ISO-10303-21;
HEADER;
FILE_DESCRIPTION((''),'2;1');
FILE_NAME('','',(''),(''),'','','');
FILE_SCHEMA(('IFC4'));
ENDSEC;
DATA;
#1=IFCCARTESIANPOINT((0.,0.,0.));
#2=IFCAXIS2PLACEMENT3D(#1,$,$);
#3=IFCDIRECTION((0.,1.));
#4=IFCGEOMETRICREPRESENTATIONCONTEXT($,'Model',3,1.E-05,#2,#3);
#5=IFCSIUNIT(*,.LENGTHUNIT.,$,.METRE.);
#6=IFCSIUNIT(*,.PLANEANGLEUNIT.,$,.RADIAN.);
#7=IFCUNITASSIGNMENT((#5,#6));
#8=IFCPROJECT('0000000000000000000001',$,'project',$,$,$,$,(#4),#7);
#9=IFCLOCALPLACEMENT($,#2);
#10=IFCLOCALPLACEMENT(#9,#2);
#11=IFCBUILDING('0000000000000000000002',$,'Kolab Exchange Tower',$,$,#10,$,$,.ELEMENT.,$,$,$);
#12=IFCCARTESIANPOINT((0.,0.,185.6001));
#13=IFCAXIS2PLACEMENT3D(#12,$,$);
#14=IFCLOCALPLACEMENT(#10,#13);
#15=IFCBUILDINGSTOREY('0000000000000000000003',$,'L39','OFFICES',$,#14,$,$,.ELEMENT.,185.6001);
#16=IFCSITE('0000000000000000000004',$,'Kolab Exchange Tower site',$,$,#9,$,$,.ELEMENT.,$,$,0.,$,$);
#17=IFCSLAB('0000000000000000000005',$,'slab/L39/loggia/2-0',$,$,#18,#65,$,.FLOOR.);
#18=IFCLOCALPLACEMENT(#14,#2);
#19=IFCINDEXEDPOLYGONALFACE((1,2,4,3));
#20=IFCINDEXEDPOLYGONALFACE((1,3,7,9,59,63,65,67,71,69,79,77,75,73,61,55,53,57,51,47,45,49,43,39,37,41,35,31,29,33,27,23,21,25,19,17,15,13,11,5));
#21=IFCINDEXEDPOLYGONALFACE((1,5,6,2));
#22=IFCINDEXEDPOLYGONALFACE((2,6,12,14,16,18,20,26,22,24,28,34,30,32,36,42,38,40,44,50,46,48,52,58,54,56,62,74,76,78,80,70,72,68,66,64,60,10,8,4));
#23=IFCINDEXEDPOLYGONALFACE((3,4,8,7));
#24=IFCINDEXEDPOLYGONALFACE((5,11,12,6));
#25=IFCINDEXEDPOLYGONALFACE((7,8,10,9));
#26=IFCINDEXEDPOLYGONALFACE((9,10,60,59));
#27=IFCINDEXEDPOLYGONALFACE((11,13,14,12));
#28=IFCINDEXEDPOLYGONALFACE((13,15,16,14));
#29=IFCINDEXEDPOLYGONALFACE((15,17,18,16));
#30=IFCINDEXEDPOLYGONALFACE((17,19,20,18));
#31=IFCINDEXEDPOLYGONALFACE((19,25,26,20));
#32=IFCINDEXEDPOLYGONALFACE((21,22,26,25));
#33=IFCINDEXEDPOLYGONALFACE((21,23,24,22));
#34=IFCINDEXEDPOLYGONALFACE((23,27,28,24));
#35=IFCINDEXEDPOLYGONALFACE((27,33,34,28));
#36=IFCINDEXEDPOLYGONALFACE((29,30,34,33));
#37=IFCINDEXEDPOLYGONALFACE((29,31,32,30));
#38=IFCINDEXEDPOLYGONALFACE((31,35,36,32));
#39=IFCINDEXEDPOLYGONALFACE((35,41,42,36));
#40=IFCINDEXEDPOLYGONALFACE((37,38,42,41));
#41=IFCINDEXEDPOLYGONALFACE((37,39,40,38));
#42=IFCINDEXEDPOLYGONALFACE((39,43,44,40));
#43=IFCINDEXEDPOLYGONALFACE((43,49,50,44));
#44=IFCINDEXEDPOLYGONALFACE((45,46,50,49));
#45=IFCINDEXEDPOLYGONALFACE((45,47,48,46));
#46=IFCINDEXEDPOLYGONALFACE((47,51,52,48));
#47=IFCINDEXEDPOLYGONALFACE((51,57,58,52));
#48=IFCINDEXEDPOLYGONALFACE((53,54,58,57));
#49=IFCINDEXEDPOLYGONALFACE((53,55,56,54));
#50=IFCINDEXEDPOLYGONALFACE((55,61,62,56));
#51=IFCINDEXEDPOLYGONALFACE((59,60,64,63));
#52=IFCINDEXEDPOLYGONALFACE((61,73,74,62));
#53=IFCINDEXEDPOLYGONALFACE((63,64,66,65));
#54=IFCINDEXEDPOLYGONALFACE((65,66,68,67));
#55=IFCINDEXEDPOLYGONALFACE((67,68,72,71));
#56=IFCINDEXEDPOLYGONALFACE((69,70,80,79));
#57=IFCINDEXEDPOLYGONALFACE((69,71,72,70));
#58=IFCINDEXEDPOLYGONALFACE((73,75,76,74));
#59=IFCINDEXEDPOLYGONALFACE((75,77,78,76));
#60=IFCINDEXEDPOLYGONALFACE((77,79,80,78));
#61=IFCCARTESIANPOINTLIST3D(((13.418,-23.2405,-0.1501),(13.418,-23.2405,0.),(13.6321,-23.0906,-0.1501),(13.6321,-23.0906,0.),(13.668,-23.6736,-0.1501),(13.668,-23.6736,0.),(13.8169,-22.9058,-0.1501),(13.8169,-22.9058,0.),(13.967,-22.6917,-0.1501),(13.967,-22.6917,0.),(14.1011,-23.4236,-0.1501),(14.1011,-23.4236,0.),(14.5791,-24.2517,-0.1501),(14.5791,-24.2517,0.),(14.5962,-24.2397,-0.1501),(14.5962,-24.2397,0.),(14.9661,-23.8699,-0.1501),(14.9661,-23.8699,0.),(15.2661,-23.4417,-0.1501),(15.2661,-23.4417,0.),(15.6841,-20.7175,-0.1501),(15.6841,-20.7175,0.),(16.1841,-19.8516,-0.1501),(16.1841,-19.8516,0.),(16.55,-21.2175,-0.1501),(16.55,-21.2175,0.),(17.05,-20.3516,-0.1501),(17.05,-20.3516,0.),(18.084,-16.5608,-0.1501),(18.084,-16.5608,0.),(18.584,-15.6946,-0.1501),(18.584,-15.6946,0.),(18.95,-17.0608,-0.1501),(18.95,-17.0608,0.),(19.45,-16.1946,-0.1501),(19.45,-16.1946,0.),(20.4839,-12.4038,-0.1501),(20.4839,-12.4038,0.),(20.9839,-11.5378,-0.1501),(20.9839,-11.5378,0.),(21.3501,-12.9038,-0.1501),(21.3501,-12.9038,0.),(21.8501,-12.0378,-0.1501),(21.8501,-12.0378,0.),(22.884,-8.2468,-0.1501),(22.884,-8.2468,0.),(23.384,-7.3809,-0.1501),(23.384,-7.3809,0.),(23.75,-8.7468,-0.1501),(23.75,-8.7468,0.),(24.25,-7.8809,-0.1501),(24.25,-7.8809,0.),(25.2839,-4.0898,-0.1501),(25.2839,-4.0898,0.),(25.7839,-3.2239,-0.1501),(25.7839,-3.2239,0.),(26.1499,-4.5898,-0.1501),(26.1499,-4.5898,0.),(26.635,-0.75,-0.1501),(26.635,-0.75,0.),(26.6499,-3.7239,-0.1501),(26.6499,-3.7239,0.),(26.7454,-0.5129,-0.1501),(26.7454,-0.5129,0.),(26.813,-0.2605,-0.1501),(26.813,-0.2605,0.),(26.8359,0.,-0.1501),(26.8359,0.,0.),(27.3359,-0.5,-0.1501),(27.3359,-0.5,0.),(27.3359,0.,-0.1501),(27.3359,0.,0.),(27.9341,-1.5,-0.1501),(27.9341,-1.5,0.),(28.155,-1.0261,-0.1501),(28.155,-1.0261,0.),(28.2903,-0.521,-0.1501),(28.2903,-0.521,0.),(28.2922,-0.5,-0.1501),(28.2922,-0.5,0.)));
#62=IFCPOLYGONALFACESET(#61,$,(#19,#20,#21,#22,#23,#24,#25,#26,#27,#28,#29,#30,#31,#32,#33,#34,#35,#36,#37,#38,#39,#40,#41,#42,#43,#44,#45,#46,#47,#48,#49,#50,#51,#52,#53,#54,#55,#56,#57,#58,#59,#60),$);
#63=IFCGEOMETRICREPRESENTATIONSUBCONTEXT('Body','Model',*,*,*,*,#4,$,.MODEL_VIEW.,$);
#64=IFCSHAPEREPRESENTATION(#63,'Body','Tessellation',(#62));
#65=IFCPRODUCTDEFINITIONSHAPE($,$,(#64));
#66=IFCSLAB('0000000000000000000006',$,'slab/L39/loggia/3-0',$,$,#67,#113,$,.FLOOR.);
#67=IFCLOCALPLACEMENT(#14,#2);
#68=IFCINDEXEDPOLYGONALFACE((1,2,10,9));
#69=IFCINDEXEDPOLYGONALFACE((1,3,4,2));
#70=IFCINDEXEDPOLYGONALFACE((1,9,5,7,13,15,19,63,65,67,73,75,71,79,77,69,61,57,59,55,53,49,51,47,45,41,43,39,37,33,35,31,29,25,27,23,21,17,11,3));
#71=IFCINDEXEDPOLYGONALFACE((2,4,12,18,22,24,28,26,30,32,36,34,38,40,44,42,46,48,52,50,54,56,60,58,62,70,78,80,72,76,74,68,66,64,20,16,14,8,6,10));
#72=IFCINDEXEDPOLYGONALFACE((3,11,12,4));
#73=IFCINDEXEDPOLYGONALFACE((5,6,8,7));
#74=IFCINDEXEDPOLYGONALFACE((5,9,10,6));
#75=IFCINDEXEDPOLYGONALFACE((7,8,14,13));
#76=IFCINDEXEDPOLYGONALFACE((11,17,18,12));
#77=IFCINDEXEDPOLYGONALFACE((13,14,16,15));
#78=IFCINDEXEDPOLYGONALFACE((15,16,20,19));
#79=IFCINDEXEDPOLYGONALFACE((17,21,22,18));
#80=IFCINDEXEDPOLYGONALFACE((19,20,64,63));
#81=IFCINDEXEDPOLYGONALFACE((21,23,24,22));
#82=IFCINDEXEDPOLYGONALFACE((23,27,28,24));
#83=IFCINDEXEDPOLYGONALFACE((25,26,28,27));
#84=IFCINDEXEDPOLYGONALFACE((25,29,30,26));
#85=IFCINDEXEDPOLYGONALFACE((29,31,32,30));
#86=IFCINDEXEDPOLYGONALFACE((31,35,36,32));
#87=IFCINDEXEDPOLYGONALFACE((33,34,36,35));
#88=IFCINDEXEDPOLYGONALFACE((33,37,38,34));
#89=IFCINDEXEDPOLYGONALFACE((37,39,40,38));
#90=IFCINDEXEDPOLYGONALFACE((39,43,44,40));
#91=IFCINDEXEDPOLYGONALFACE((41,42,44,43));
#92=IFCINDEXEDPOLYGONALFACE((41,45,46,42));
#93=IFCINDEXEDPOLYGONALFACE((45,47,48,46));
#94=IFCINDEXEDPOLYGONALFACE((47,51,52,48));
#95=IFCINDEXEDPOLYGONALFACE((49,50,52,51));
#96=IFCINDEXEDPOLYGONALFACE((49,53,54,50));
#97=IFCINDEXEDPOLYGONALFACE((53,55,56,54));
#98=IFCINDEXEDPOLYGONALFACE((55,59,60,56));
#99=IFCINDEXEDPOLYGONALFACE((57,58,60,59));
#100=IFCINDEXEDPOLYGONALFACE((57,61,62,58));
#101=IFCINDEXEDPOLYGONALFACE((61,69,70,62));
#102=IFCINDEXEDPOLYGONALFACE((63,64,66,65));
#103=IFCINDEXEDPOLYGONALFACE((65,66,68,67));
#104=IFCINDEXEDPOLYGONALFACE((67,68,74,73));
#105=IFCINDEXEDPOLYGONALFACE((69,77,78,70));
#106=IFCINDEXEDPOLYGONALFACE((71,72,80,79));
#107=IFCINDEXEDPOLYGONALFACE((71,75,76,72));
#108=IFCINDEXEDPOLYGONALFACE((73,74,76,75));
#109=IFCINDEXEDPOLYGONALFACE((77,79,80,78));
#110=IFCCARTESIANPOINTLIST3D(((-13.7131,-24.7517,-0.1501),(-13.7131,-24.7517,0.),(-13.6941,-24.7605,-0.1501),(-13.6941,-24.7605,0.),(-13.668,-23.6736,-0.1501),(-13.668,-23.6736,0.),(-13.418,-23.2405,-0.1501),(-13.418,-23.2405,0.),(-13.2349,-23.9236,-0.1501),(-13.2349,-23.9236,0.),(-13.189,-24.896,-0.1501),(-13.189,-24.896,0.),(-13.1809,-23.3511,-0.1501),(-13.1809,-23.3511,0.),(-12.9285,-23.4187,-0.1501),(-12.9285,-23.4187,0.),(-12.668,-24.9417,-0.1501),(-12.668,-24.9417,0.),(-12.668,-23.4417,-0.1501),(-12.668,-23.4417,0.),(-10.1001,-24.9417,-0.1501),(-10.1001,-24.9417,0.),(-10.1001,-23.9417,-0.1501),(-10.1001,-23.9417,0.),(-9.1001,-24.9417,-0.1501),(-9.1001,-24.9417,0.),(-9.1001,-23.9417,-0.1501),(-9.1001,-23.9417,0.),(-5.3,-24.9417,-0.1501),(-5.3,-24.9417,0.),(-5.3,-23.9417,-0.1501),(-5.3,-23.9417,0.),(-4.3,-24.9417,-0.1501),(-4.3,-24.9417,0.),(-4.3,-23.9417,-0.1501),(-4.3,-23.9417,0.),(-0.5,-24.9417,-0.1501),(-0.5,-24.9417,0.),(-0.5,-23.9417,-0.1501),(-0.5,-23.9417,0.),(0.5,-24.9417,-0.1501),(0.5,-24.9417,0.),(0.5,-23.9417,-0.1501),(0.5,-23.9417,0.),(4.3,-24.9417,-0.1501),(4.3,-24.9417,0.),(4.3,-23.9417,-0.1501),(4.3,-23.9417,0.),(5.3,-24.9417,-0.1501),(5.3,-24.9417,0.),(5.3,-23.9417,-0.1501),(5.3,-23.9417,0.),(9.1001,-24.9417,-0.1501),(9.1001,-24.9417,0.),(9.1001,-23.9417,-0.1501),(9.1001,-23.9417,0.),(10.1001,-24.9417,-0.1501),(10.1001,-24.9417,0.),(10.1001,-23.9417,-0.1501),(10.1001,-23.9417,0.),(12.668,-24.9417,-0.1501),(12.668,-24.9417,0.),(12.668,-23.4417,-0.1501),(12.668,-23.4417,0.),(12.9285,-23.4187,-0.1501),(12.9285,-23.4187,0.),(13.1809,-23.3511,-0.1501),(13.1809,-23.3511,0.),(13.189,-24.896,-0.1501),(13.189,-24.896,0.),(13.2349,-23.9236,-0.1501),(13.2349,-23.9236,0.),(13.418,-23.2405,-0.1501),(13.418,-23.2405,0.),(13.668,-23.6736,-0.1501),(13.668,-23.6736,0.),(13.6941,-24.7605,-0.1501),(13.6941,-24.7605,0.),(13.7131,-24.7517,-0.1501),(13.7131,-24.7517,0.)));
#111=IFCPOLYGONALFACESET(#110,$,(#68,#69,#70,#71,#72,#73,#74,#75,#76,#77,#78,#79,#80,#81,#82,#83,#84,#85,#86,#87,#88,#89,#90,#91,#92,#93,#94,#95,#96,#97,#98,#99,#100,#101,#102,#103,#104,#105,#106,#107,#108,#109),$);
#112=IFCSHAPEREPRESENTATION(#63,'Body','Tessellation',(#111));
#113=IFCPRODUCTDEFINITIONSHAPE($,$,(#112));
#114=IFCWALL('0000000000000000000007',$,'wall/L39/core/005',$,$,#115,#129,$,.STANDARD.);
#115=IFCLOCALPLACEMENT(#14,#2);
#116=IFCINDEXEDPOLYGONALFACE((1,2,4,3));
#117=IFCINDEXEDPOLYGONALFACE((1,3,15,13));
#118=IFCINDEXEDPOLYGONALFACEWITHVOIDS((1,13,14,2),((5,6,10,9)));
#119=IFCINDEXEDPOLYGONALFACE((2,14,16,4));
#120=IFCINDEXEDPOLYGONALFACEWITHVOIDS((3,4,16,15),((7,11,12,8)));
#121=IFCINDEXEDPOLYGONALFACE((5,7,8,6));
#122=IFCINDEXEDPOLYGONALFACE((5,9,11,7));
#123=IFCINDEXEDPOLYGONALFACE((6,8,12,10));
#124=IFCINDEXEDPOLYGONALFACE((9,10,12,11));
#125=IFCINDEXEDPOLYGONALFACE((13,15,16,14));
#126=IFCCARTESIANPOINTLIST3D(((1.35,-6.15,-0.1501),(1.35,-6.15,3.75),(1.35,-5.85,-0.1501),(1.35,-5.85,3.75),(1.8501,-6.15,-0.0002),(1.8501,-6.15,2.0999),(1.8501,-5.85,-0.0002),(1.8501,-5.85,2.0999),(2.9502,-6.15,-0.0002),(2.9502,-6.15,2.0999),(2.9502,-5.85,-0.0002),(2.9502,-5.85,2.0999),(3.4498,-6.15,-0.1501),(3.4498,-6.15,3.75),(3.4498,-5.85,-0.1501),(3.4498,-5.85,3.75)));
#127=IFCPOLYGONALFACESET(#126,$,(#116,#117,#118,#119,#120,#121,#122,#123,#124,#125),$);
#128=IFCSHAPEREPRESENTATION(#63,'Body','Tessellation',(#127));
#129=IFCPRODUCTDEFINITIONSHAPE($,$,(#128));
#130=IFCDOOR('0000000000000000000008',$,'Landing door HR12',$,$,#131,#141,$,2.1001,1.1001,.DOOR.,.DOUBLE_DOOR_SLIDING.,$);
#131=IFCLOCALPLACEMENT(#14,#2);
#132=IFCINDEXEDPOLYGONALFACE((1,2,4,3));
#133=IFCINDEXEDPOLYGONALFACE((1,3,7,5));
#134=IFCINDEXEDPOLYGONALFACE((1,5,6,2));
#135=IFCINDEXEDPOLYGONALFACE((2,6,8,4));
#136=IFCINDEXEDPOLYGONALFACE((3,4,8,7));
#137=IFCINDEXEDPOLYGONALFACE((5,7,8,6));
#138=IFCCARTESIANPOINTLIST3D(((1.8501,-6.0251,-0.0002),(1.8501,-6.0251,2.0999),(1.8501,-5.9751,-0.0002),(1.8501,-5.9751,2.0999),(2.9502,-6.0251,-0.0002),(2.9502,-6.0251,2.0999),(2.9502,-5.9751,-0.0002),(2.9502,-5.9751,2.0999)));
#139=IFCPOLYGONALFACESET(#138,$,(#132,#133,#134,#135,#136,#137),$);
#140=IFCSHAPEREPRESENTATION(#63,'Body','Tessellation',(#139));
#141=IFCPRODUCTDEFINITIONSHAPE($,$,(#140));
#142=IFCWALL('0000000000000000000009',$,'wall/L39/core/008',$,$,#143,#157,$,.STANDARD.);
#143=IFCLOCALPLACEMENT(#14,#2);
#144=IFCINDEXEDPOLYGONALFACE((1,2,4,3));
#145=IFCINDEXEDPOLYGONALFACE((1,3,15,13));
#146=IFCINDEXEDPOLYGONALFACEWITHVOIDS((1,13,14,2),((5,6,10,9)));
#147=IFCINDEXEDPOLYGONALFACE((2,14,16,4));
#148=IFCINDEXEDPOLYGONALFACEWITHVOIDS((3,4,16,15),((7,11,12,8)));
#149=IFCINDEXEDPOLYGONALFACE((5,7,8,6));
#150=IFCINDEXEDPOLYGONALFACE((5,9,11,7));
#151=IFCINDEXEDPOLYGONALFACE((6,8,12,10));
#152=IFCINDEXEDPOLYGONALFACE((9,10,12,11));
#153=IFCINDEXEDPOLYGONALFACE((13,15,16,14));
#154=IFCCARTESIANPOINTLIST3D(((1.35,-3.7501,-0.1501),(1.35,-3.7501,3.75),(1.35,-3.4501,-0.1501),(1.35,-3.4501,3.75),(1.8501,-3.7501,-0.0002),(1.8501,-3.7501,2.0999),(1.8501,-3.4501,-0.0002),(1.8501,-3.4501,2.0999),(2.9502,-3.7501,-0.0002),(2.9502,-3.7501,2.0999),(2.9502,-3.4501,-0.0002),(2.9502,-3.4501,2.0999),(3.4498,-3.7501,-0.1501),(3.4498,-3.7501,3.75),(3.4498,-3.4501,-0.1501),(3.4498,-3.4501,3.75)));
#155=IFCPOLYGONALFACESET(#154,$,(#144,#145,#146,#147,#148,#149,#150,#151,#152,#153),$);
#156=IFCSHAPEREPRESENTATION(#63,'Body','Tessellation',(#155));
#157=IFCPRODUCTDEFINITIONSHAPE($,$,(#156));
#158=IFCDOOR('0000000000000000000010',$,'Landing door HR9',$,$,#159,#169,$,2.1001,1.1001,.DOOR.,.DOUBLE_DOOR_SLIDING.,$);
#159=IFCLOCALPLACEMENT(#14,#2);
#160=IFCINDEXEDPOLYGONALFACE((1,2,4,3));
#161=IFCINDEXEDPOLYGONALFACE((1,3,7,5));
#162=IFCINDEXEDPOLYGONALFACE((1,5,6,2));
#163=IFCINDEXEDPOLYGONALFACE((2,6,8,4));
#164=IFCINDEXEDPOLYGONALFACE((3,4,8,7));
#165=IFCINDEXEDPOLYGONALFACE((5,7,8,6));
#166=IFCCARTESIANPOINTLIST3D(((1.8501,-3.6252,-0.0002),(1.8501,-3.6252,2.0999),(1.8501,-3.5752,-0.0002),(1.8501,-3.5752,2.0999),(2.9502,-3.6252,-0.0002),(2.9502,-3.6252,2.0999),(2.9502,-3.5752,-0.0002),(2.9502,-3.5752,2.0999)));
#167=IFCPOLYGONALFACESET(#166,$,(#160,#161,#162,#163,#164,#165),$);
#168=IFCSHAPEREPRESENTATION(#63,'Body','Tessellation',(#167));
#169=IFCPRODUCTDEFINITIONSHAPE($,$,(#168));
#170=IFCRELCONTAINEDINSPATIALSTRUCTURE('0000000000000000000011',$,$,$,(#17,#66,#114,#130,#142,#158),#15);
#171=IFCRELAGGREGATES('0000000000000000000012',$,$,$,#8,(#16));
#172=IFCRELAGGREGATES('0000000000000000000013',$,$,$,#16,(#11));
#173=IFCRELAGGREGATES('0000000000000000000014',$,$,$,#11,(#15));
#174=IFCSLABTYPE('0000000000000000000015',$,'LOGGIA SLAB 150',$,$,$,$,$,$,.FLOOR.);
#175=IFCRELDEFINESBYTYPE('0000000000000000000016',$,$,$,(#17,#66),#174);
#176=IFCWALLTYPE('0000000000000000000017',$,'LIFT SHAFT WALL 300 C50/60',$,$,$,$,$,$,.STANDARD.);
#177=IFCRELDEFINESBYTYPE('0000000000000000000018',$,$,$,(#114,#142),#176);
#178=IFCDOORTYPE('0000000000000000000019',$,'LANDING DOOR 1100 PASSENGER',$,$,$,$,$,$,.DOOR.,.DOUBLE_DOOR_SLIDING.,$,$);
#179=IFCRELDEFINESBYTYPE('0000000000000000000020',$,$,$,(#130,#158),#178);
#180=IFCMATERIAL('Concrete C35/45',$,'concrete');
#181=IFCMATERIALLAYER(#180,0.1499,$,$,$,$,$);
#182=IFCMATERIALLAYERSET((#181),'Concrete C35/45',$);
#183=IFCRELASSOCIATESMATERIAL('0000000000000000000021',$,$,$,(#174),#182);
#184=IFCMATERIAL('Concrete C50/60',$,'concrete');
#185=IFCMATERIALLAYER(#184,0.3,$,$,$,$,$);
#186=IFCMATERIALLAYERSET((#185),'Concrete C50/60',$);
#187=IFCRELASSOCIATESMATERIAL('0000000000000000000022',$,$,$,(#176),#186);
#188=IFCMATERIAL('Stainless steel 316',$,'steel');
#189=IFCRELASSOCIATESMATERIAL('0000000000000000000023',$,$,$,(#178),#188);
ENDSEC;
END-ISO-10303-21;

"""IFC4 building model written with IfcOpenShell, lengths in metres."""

from ifc_helpers import new_model, si_unit, direction, frame, frame_2d, origin, place, context, subcontext, project, spatial, polyline, rectangle, outline, extrude, material, layer, layer_set, type_object, element, fill, save


model = new_model("IFC4")

# Units and contexts
model_context = context("Model", 3, precision=1e-05, world=origin(), true_north=direction((0.0, 1.0)))
body_context = subcontext(model_context, "Body", "Model", "MODEL_VIEW")
ifc_project = project(units=[si_unit("LENGTHUNIT", "METRE"), si_unit("PLANEANGLEUNIT", "RADIAN")], contexts=[model_context])

# Site, building, storey
site_placement = place(None, origin())
site = spatial("IfcSite", under=ifc_project, at=site_placement, Name="Kolab Exchange Tower site", CompositionType="ELEMENT", RefElevation=0.0)
building_placement = place(site_placement, origin())
building = spatial("IfcBuilding", under=site, at=building_placement, Name="Kolab Exchange Tower", CompositionType="ELEMENT")
storey_placement = place(building_placement, frame((0.0, 0.0, 185.6001)))
storey = spatial("IfcBuildingStorey", under=building, at=storey_placement, Name="L39", Description="OFFICES", CompositionType="ELEMENT", Elevation=185.6001)

# Slabs
ifc_material_1 = material(Name="Concrete C35/45", Category="concrete")
ifc_layer_1 = layer(ifc_material_1, 0.1499)
ifc_layer_set_1 = layer_set([ifc_layer_1], Name="Concrete C35/45")
slab_type_1 = type_object("IfcSlabType", Name="LOGGIA SLAB 150", PredefinedType="FLOOR", material=ifc_layer_set_1)
slab_1_placement = place(storey_placement, frame((0.0, 0.0, -0.1501)))
element("IfcSlab", 1, at=slab_1_placement, inside=storey, type_object=slab_type_1, Name="slab/L39/loggia/2-0", PredefinedType="FLOOR", context=body_context, shape_type="SweptSolid", body=[
    extrude(outline(polyline([(15.2661, -23.4417), (16.55, -21.2175), (15.6841, -20.7175), (16.1841, -19.8516), (17.05, -20.3516), (18.95, -17.0608), (18.084, -16.5608), (18.584, -15.6946), (19.45, -16.1946), (21.3501, -12.9038), (20.4839, -12.4038), (20.9839, -11.5378), (21.8501, -12.0378), (23.75, -8.7468), (22.884, -8.2468), (23.384, -7.3809), (24.25, -7.8809), (26.1499, -4.5898), (25.2839, -4.0898), (25.7839, -3.2239), (26.6499, -3.7239), (27.9341, -1.5), (28.155, -1.0261), (28.2903, -0.521), (28.2922, -0.5), (27.3359, -0.5), (27.3359, 0.0), (26.8359, 0.0), (26.813, -0.2605), (26.7454, -0.5129), (26.635, -0.75), (13.967, -22.6917), (13.8169, -22.9058), (13.6321, -23.0906), (13.418, -23.2405), (13.668, -23.6736), (14.1011, -23.4236), (14.5791, -24.2517), (14.5962, -24.2397), (14.9661, -23.8699), (15.2661, -23.4417)])), origin(), (0.0, 0.0, 1.0), 0.1501),
])
slab_2_placement = place(storey_placement, frame((0.0, 0.0, -0.1501)))
element("IfcSlab", 2, at=slab_2_placement, inside=storey, type_object=slab_type_1, Name="slab/L39/loggia/3-0", PredefinedType="FLOOR", context=body_context, shape_type="SweptSolid", body=[
    extrude(outline(polyline([(-13.418, -23.2405), (-13.668, -23.6736), (-13.2349, -23.9236), (-13.7131, -24.7517), (-13.6941, -24.7605), (-13.189, -24.896), (-12.668, -24.9417), (-10.1001, -24.9417), (-10.1001, -23.9417), (-9.1001, -23.9417), (-9.1001, -24.9417), (-5.3, -24.9417), (-5.3, -23.9417), (-4.3, -23.9417), (-4.3, -24.9417), (-0.5, -24.9417), (-0.5, -23.9417), (0.5, -23.9417), (0.5, -24.9417), (4.3, -24.9417), (4.3, -23.9417), (5.3, -23.9417), (5.3, -24.9417), (9.1001, -24.9417), (9.1001, -23.9417), (10.1001, -23.9417), (10.1001, -24.9417), (12.668, -24.9417), (13.189, -24.896), (13.6941, -24.7605), (13.7131, -24.7517), (13.2349, -23.9236), (13.668, -23.6736), (13.418, -23.2405), (13.1809, -23.3511), (12.9285, -23.4187), (12.668, -23.4417), (-12.668, -23.4417), (-12.9285, -23.4187), (-13.1809, -23.3511), (-13.418, -23.2405)])), origin(), (0.0, 0.0, 1.0), 0.1501),
])

# Walls, openings, doors
ifc_material_2 = material(Name="Concrete C50/60", Category="concrete")
ifc_layer_2 = layer(ifc_material_2, 0.3)
ifc_layer_set_2 = layer_set([ifc_layer_2], Name="Concrete C50/60")
wall_type_1 = type_object("IfcWallType", Name="LIFT SHAFT WALL 300 C50/60", PredefinedType="STANDARD", material=ifc_layer_set_2)
wall_1_placement = place(storey_placement, frame((1.3501, -6.0, -0.1501), z_axis=(0.0, 0.0, 1.0), x_axis=(1.0, 0.0, 0.0)))
wall_1 = element("IfcWall", 3, at=wall_1_placement, inside=storey, type_object=wall_type_1, Name="wall/L39/core/005", PredefinedType="STANDARD", context=body_context, shape_type="SweptSolid", body=[
    extrude(rectangle(XDim=2.0999, YDim=0.3, at=frame_2d((1.0498, 0.0))), origin(), (0.0, 0.0, 1.0), 3.9001),
])
opening_1_placement = place(wall_1_placement, frame((0.5, 0.0, 0.1499)))
opening_1 = element("IfcOpeningElement", 4, at=opening_1_placement, cuts=wall_1, PredefinedType="OPENING", context=body_context, shape_type="SweptSolid", body=[
    extrude(rectangle(XDim=1.1001, YDim=2.1001, at=frame_2d((0.55, 1.05))), frame((0.0, 0.1602, 0.0), z_axis=(0.0, -1.0, 0.0), x_axis=(1.0, 0.0, 0.0)), (0.0, 0.0, 1.0), 0.3201),
])
ifc_material_3 = material(Name="Stainless steel 316", Category="steel")
door_type_1 = type_object("IfcDoorType", Name="LANDING DOOR 1100 PASSENGER", OperationType="DOUBLE_DOOR_SLIDING", PredefinedType="DOOR", material=ifc_material_3)
door_1_placement = place(opening_1_placement, origin())
door_1 = element("IfcDoor", 5, at=door_1_placement, inside=storey, type_object=door_type_1, Name="Landing door HR12", OperationType="DOUBLE_DOOR_SLIDING", OverallHeight=2.1001, OverallWidth=1.1001, PredefinedType="DOOR", context=body_context, shape_type="SweptSolid", body=[
    extrude(rectangle(XDim=1.1001, YDim=2.1001, at=frame_2d((0.55, 1.05))), frame((0.0, 0.0249, 0.0), z_axis=(0.0, -1.0, 0.0), x_axis=(1.0, 0.0, 0.0)), (0.0, 0.0, 1.0), 0.05),
])
fill(opening_1, door_1)
wall_2_placement = place(storey_placement, frame((1.3501, -3.6001, -0.1501), z_axis=(0.0, 0.0, 1.0), x_axis=(1.0, 0.0, 0.0)))
wall_2 = element("IfcWall", 6, at=wall_2_placement, inside=storey, type_object=wall_type_1, Name="wall/L39/core/008", PredefinedType="STANDARD", context=body_context, shape_type="SweptSolid", body=[
    extrude(rectangle(XDim=2.0999, YDim=0.3, at=frame_2d((1.0498, 0.0))), origin(), (0.0, 0.0, 1.0), 3.9001),
])
opening_2_placement = place(wall_2_placement, frame((0.5, 0.0, 0.1499)))
opening_2 = element("IfcOpeningElement", 7, at=opening_2_placement, cuts=wall_2, PredefinedType="OPENING", context=body_context, shape_type="SweptSolid", body=[
    extrude(rectangle(XDim=1.1001, YDim=2.1001, at=frame_2d((0.55, 1.05))), frame((0.0, 0.1602, 0.0), z_axis=(0.0, -1.0, 0.0), x_axis=(1.0, 0.0, 0.0)), (0.0, 0.0, 1.0), 0.3201),
])
door_2_placement = place(opening_2_placement, origin())
door_2 = element("IfcDoor", 8, at=door_2_placement, inside=storey, type_object=door_type_1, Name="Landing door HR9", OperationType="DOUBLE_DOOR_SLIDING", OverallHeight=2.1001, OverallWidth=1.1001, PredefinedType="DOOR", context=body_context, shape_type="SweptSolid", body=[
    extrude(rectangle(XDim=1.1001, YDim=2.1001, at=frame_2d((0.55, 1.05))), frame((0.0, 0.0249, 0.0), z_axis=(0.0, -1.0, 0.0), x_axis=(1.0, 0.0, 0.0)), (0.0, 0.0, 1.0), 0.05),
])
fill(opening_2, door_2)

save(model, "model.ifc")
